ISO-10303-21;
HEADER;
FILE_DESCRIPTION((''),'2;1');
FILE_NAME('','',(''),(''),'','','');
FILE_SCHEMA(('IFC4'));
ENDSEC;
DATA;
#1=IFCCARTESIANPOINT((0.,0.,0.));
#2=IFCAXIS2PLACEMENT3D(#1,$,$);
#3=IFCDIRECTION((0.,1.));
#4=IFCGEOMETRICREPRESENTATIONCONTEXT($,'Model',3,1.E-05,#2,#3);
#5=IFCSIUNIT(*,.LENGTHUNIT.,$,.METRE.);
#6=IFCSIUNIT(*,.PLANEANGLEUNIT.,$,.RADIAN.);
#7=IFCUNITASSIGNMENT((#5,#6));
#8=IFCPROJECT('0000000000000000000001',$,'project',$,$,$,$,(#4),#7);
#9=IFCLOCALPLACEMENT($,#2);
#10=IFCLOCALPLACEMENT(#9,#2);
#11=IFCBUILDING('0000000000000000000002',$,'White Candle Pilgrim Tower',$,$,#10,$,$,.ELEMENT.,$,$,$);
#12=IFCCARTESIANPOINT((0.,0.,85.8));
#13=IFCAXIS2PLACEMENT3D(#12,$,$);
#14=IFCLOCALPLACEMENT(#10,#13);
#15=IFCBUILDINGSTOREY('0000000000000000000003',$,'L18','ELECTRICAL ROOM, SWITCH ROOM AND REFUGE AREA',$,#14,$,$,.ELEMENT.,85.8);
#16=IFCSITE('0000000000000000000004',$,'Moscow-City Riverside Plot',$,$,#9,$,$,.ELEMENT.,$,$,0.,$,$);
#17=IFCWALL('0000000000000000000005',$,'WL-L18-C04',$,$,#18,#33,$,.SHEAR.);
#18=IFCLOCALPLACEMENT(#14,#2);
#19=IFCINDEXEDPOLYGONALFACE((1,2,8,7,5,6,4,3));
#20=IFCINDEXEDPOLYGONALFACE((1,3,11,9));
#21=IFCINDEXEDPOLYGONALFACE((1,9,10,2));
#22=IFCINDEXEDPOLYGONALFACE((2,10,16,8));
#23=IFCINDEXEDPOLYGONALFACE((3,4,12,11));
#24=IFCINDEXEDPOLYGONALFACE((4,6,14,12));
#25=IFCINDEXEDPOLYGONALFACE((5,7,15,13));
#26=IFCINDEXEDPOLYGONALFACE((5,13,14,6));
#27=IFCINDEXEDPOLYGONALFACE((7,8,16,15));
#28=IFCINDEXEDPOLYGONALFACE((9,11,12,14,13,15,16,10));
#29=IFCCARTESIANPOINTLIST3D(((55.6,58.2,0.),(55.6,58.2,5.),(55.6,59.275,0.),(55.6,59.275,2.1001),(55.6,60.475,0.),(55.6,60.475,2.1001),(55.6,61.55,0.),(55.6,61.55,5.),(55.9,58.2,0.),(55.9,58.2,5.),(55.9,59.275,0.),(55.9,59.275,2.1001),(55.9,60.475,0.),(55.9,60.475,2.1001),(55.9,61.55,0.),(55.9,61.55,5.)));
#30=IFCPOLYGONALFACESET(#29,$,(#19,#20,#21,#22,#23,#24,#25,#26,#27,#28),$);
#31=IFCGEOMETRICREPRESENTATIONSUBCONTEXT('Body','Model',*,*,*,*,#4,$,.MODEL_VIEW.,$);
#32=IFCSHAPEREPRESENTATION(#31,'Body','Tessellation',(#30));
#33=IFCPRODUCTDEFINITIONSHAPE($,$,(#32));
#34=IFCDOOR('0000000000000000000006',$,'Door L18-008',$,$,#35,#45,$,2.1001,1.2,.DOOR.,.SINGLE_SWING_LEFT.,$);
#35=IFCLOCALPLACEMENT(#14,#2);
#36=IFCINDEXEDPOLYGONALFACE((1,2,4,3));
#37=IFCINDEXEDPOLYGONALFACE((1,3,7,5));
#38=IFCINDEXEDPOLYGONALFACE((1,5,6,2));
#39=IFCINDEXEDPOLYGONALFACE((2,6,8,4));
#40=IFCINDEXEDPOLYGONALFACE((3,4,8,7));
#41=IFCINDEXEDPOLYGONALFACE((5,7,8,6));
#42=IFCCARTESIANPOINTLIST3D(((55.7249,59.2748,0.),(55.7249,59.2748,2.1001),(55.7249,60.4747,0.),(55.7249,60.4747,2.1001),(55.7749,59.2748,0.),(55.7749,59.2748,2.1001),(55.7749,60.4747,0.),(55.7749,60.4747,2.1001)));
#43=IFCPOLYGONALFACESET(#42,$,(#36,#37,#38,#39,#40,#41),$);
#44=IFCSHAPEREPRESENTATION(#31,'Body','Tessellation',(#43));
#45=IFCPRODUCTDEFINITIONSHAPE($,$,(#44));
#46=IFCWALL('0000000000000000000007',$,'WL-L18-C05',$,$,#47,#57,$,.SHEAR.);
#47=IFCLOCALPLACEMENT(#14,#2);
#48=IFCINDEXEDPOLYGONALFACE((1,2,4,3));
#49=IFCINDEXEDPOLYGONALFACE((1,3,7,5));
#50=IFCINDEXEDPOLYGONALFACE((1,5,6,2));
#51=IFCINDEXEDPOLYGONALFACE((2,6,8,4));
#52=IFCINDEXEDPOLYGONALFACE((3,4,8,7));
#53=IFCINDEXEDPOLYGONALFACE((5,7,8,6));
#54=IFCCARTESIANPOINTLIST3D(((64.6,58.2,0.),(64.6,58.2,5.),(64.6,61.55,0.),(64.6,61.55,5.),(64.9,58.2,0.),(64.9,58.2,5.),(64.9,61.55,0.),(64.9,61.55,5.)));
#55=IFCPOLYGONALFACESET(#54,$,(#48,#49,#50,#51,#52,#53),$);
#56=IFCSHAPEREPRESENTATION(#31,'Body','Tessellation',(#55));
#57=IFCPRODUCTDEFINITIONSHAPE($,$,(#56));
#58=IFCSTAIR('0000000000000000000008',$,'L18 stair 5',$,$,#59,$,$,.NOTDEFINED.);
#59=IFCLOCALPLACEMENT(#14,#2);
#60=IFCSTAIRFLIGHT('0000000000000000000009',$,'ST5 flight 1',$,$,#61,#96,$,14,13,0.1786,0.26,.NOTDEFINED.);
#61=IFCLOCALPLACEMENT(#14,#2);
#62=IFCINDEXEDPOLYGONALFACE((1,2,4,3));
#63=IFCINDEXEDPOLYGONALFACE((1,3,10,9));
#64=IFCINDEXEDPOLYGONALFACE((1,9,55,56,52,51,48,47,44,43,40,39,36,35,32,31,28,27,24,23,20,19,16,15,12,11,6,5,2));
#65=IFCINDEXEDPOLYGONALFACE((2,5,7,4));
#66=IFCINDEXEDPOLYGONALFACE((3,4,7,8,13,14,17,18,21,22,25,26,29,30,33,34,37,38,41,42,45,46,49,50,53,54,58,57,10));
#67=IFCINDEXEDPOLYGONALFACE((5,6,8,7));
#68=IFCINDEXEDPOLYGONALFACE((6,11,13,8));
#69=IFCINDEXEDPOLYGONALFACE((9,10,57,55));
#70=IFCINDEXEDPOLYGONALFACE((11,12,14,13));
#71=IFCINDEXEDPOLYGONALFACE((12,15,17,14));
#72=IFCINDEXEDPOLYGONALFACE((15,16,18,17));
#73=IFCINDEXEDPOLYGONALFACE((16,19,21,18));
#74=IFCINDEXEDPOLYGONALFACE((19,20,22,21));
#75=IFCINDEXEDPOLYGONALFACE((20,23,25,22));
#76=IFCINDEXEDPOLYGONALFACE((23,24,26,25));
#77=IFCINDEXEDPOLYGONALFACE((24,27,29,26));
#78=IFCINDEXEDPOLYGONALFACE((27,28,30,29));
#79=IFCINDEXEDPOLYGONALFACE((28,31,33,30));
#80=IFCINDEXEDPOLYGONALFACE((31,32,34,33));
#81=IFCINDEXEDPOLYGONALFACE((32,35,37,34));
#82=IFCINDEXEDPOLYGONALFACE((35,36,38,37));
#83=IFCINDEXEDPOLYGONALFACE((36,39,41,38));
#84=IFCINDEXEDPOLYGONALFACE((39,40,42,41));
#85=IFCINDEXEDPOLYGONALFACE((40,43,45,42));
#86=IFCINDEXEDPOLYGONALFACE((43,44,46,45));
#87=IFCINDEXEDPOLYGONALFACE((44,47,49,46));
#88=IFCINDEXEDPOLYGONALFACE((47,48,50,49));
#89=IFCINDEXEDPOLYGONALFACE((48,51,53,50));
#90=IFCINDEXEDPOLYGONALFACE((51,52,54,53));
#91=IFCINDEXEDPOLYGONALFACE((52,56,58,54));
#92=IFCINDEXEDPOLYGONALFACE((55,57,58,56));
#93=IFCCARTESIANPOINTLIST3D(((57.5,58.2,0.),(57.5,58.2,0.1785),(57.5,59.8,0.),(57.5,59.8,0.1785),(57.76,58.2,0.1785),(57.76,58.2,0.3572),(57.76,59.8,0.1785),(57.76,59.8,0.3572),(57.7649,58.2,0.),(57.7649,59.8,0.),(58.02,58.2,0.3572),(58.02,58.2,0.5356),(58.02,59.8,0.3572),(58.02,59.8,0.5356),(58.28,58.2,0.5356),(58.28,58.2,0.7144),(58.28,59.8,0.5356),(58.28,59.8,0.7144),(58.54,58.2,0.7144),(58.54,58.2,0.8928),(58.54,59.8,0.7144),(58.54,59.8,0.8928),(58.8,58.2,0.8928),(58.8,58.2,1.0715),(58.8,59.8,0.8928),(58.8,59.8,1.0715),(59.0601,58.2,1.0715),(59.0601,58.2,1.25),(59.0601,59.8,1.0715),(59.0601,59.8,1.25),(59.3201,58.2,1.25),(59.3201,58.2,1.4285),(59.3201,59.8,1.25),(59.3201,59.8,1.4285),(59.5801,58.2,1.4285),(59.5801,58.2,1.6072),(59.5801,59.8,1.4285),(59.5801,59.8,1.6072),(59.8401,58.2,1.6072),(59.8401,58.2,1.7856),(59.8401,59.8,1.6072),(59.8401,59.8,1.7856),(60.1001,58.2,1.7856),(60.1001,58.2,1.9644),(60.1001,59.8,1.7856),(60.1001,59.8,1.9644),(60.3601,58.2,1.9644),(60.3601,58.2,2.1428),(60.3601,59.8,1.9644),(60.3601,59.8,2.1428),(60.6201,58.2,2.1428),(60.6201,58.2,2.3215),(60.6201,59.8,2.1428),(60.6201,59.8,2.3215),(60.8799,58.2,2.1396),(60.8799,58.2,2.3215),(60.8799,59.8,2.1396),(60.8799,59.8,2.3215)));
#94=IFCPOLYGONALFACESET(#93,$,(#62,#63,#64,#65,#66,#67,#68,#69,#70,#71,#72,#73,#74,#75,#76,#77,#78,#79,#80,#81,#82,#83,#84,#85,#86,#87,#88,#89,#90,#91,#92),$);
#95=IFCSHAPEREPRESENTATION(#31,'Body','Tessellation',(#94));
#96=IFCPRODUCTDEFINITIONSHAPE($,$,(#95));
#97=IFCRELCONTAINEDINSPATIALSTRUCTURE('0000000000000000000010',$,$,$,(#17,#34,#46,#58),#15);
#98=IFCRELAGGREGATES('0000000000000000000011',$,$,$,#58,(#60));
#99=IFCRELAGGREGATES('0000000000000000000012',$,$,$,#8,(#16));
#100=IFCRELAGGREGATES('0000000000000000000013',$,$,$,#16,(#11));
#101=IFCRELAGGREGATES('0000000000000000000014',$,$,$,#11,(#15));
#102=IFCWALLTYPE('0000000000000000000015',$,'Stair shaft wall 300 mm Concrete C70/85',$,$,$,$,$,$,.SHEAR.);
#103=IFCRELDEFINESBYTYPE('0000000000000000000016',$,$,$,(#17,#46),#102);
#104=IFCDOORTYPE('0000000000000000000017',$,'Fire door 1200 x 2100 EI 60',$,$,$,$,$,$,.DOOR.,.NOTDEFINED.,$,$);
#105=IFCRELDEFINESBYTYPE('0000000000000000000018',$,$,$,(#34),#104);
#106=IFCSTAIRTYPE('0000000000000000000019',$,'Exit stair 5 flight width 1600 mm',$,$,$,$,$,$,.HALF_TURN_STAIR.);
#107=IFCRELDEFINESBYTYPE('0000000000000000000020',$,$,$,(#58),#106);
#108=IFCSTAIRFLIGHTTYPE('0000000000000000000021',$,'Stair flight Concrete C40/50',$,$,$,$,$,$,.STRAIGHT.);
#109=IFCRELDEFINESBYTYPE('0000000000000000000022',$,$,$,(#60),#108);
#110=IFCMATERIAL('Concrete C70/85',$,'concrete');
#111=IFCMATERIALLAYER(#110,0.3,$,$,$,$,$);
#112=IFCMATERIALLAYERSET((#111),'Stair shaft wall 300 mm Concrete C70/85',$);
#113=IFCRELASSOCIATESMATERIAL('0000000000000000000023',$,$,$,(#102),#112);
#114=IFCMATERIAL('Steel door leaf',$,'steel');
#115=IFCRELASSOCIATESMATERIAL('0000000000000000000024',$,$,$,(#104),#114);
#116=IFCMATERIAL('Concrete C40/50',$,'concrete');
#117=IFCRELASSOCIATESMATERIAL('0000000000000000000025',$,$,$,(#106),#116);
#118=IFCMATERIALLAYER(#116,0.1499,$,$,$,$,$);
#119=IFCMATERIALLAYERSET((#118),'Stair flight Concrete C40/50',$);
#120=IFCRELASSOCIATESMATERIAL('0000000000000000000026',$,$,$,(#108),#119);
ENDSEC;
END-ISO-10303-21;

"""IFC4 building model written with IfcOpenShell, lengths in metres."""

from ifc_helpers import new_model, si_unit, direction, frame, frame_2d, origin, place, context, subcontext, project, spatial, polyline, rectangle, outline, extrude, material, layer, layer_set, type_object, element, fill, aggregate, save


model = new_model("IFC4")

# Units and contexts
model_context = context("Model", 3, precision=1e-05, world=origin(), true_north=direction((0.0, 1.0)))
body_context = subcontext(model_context, "Body", "Model", "MODEL_VIEW")
ifc_project = project(units=[si_unit("LENGTHUNIT", "METRE"), si_unit("PLANEANGLEUNIT", "RADIAN")], contexts=[model_context])

# Site, building, storey
site_placement = place(None, origin())
site = spatial("IfcSite", under=ifc_project, at=site_placement, Name="Moscow-City Riverside Plot", CompositionType="ELEMENT", RefElevation=0.0)
building_placement = place(site_placement, origin())
building = spatial("IfcBuilding", under=site, at=building_placement, Name="White Candle Pilgrim Tower", CompositionType="ELEMENT")
storey_placement = place(building_placement, frame((0.0, 0.0, 85.8)))
storey = spatial("IfcBuildingStorey", under=building, at=storey_placement, Name="L18", Description="ELECTRICAL ROOM, SWITCH ROOM AND REFUGE AREA", CompositionType="ELEMENT", Elevation=85.8)

# Shared definitions
ifc_material_1 = material(Name="Concrete C70/85", Category="concrete")

# Shared definitions
ifc_material_2 = material(Name="Steel door leaf", Category="steel")

# Wall, opening, door
ifc_layer_1 = layer(ifc_material_1, 0.3)
ifc_layer_set_1 = layer_set([ifc_layer_1], Name="Stair shaft wall 300 mm Concrete C70/85")
wall_type_1 = type_object("IfcWallType", Name="Stair shaft wall 300 mm Concrete C70/85", PredefinedType="SHEAR", material=ifc_layer_set_1)
wall_1_placement = place(storey_placement, frame((55.75, 58.2, 0.0), z_axis=(0.0, 0.0, 1.0), x_axis=(0.0, 1.0, 0.0)))
wall_1 = element("IfcWall", 1, at=wall_1_placement, inside=storey, type_object=wall_type_1, Name="WL-L18-C04", PredefinedType="SHEAR", context=body_context, shape_type="SweptSolid", body=[
    extrude(rectangle(XDim=3.3501, YDim=0.3, at=frame_2d((1.675, 0.0))), origin(), (0.0, 0.0, 1.0), 5.0),
])
opening_1_placement = place(wall_1_placement, frame((1.075, 0.0, 0.0)))
opening_1 = element("IfcOpeningElement", 2, at=opening_1_placement, cuts=wall_1, PredefinedType="OPENING", context=body_context, shape_type="SweptSolid", body=[
    extrude(rectangle(XDim=1.2, YDim=2.1001, at=frame_2d((0.6001, 1.05))), frame((0.0, 0.1599, 0.0), z_axis=(0.0, -1.0, 0.0), x_axis=(1.0, 0.0, 0.0)), (0.0, 0.0, 1.0), 0.3201),
])
door_type_1 = type_object("IfcDoorType", Name="Fire door 1200 x 2100 EI 60", OperationType="NOTDEFINED", PredefinedType="DOOR", material=ifc_material_2)
door_1_placement = place(opening_1_placement, frame((1.2, 0.0, 0.0), z_axis=(0.0, 0.0, 1.0), x_axis=(-1.0, 0.0, 0.0)))
door_1 = element("IfcDoor", 3, at=door_1_placement, inside=storey, type_object=door_type_1, Name="Door L18-008", OperationType="SINGLE_SWING_LEFT", OverallHeight=2.1001, OverallWidth=1.2, PredefinedType="DOOR", context=body_context, shape_type="SweptSolid", body=[
    extrude(rectangle(XDim=1.2, YDim=2.1001, at=frame_2d((0.6001, 1.05))), frame((0.0, 0.0249, 0.0), z_axis=(0.0, -1.0, 0.0), x_axis=(1.0, 0.0, 0.0)), (0.0, 0.0, 1.0), 0.05),
])
fill(opening_1, door_1)

# Wall
wall_2_placement = place(storey_placement, frame((64.75, 58.2, 0.0), z_axis=(0.0, 0.0, 1.0), x_axis=(0.0, 1.0, 0.0)))
element("IfcWall", 4, at=wall_2_placement, inside=storey, type_object=wall_type_1, Name="WL-L18-C05", PredefinedType="SHEAR", context=body_context, shape_type="SweptSolid", body=[
    extrude(rectangle(XDim=3.3501, YDim=0.3, at=frame_2d((1.675, 0.0))), origin(), (0.0, 0.0, 1.0), 5.0),
])

# Stair, stair flight
ifc_material_3 = material(Name="Concrete C40/50", Category="concrete")
stair_type = type_object("IfcStairType", Name="Exit stair 5 flight width 1600 mm", PredefinedType="HALF_TURN_STAIR", material=ifc_material_3)
stair_placement = place(storey_placement, origin())
stair = element("IfcStair", 5, at=stair_placement, inside=storey, type_object=stair_type, Name="L18 stair 5", PredefinedType="NOTDEFINED")
ifc_layer_2 = layer(ifc_material_3, 0.1499)
ifc_layer_set_2 = layer_set([ifc_layer_2], Name="Stair flight Concrete C40/50")
stair_flight_type = type_object("IfcStairFlightType", Name="Stair flight Concrete C40/50", PredefinedType="STRAIGHT", material=ifc_layer_set_2)
stair_flight_placement = place(storey_placement, frame((57.5, 59.0, 0.0), z_axis=(0.0, 0.0, 1.0), x_axis=(1.0, 0.0, 0.0)))
stair_flight = element("IfcStairFlight", 6, at=stair_flight_placement, type_object=stair_flight_type, Name="ST5 flight 1", NumberOfRisers=14, NumberOfTreads=13, PredefinedType="NOTDEFINED", RiserHeight=0.1786, TreadLength=0.26, context=body_context, shape_type="SweptSolid", body=[
    extrude(outline(polyline([(0.0, 0.0), (0.0, 0.1785), (0.26, 0.1785), (0.26, 0.3572), (0.52, 0.3572), (0.52, 0.5356), (0.78, 0.5356), (0.78, 0.7144), (1.04, 0.7144), (1.04, 0.8928), (1.3, 0.8928), (1.3, 1.0715), (1.5601, 1.0715), (1.5601, 1.25), (1.8201, 1.25), (1.8201, 1.4285), (2.0801, 1.4285), (2.0801, 1.6072), (2.3401, 1.6072), (2.3401, 1.7856), (2.6001, 1.7856), (2.6001, 1.9644), (2.8601, 1.9644), (2.8601, 2.1428), (3.1201, 2.1428), (3.1201, 2.3215), (3.3799, 2.3215), (3.3799, 2.5), (3.3799, 2.1396), (0.2649, 0.0), (0.0, 0.0)])), frame((0.0, 0.8, 0.0), z_axis=(0.0, -1.0, 0.0), x_axis=(1.0, 0.0, 0.0)), (0.0, 0.0, 1.0), 1.6001),
])
aggregate(stair, [stair_flight])

save(model, "model.ifc")
